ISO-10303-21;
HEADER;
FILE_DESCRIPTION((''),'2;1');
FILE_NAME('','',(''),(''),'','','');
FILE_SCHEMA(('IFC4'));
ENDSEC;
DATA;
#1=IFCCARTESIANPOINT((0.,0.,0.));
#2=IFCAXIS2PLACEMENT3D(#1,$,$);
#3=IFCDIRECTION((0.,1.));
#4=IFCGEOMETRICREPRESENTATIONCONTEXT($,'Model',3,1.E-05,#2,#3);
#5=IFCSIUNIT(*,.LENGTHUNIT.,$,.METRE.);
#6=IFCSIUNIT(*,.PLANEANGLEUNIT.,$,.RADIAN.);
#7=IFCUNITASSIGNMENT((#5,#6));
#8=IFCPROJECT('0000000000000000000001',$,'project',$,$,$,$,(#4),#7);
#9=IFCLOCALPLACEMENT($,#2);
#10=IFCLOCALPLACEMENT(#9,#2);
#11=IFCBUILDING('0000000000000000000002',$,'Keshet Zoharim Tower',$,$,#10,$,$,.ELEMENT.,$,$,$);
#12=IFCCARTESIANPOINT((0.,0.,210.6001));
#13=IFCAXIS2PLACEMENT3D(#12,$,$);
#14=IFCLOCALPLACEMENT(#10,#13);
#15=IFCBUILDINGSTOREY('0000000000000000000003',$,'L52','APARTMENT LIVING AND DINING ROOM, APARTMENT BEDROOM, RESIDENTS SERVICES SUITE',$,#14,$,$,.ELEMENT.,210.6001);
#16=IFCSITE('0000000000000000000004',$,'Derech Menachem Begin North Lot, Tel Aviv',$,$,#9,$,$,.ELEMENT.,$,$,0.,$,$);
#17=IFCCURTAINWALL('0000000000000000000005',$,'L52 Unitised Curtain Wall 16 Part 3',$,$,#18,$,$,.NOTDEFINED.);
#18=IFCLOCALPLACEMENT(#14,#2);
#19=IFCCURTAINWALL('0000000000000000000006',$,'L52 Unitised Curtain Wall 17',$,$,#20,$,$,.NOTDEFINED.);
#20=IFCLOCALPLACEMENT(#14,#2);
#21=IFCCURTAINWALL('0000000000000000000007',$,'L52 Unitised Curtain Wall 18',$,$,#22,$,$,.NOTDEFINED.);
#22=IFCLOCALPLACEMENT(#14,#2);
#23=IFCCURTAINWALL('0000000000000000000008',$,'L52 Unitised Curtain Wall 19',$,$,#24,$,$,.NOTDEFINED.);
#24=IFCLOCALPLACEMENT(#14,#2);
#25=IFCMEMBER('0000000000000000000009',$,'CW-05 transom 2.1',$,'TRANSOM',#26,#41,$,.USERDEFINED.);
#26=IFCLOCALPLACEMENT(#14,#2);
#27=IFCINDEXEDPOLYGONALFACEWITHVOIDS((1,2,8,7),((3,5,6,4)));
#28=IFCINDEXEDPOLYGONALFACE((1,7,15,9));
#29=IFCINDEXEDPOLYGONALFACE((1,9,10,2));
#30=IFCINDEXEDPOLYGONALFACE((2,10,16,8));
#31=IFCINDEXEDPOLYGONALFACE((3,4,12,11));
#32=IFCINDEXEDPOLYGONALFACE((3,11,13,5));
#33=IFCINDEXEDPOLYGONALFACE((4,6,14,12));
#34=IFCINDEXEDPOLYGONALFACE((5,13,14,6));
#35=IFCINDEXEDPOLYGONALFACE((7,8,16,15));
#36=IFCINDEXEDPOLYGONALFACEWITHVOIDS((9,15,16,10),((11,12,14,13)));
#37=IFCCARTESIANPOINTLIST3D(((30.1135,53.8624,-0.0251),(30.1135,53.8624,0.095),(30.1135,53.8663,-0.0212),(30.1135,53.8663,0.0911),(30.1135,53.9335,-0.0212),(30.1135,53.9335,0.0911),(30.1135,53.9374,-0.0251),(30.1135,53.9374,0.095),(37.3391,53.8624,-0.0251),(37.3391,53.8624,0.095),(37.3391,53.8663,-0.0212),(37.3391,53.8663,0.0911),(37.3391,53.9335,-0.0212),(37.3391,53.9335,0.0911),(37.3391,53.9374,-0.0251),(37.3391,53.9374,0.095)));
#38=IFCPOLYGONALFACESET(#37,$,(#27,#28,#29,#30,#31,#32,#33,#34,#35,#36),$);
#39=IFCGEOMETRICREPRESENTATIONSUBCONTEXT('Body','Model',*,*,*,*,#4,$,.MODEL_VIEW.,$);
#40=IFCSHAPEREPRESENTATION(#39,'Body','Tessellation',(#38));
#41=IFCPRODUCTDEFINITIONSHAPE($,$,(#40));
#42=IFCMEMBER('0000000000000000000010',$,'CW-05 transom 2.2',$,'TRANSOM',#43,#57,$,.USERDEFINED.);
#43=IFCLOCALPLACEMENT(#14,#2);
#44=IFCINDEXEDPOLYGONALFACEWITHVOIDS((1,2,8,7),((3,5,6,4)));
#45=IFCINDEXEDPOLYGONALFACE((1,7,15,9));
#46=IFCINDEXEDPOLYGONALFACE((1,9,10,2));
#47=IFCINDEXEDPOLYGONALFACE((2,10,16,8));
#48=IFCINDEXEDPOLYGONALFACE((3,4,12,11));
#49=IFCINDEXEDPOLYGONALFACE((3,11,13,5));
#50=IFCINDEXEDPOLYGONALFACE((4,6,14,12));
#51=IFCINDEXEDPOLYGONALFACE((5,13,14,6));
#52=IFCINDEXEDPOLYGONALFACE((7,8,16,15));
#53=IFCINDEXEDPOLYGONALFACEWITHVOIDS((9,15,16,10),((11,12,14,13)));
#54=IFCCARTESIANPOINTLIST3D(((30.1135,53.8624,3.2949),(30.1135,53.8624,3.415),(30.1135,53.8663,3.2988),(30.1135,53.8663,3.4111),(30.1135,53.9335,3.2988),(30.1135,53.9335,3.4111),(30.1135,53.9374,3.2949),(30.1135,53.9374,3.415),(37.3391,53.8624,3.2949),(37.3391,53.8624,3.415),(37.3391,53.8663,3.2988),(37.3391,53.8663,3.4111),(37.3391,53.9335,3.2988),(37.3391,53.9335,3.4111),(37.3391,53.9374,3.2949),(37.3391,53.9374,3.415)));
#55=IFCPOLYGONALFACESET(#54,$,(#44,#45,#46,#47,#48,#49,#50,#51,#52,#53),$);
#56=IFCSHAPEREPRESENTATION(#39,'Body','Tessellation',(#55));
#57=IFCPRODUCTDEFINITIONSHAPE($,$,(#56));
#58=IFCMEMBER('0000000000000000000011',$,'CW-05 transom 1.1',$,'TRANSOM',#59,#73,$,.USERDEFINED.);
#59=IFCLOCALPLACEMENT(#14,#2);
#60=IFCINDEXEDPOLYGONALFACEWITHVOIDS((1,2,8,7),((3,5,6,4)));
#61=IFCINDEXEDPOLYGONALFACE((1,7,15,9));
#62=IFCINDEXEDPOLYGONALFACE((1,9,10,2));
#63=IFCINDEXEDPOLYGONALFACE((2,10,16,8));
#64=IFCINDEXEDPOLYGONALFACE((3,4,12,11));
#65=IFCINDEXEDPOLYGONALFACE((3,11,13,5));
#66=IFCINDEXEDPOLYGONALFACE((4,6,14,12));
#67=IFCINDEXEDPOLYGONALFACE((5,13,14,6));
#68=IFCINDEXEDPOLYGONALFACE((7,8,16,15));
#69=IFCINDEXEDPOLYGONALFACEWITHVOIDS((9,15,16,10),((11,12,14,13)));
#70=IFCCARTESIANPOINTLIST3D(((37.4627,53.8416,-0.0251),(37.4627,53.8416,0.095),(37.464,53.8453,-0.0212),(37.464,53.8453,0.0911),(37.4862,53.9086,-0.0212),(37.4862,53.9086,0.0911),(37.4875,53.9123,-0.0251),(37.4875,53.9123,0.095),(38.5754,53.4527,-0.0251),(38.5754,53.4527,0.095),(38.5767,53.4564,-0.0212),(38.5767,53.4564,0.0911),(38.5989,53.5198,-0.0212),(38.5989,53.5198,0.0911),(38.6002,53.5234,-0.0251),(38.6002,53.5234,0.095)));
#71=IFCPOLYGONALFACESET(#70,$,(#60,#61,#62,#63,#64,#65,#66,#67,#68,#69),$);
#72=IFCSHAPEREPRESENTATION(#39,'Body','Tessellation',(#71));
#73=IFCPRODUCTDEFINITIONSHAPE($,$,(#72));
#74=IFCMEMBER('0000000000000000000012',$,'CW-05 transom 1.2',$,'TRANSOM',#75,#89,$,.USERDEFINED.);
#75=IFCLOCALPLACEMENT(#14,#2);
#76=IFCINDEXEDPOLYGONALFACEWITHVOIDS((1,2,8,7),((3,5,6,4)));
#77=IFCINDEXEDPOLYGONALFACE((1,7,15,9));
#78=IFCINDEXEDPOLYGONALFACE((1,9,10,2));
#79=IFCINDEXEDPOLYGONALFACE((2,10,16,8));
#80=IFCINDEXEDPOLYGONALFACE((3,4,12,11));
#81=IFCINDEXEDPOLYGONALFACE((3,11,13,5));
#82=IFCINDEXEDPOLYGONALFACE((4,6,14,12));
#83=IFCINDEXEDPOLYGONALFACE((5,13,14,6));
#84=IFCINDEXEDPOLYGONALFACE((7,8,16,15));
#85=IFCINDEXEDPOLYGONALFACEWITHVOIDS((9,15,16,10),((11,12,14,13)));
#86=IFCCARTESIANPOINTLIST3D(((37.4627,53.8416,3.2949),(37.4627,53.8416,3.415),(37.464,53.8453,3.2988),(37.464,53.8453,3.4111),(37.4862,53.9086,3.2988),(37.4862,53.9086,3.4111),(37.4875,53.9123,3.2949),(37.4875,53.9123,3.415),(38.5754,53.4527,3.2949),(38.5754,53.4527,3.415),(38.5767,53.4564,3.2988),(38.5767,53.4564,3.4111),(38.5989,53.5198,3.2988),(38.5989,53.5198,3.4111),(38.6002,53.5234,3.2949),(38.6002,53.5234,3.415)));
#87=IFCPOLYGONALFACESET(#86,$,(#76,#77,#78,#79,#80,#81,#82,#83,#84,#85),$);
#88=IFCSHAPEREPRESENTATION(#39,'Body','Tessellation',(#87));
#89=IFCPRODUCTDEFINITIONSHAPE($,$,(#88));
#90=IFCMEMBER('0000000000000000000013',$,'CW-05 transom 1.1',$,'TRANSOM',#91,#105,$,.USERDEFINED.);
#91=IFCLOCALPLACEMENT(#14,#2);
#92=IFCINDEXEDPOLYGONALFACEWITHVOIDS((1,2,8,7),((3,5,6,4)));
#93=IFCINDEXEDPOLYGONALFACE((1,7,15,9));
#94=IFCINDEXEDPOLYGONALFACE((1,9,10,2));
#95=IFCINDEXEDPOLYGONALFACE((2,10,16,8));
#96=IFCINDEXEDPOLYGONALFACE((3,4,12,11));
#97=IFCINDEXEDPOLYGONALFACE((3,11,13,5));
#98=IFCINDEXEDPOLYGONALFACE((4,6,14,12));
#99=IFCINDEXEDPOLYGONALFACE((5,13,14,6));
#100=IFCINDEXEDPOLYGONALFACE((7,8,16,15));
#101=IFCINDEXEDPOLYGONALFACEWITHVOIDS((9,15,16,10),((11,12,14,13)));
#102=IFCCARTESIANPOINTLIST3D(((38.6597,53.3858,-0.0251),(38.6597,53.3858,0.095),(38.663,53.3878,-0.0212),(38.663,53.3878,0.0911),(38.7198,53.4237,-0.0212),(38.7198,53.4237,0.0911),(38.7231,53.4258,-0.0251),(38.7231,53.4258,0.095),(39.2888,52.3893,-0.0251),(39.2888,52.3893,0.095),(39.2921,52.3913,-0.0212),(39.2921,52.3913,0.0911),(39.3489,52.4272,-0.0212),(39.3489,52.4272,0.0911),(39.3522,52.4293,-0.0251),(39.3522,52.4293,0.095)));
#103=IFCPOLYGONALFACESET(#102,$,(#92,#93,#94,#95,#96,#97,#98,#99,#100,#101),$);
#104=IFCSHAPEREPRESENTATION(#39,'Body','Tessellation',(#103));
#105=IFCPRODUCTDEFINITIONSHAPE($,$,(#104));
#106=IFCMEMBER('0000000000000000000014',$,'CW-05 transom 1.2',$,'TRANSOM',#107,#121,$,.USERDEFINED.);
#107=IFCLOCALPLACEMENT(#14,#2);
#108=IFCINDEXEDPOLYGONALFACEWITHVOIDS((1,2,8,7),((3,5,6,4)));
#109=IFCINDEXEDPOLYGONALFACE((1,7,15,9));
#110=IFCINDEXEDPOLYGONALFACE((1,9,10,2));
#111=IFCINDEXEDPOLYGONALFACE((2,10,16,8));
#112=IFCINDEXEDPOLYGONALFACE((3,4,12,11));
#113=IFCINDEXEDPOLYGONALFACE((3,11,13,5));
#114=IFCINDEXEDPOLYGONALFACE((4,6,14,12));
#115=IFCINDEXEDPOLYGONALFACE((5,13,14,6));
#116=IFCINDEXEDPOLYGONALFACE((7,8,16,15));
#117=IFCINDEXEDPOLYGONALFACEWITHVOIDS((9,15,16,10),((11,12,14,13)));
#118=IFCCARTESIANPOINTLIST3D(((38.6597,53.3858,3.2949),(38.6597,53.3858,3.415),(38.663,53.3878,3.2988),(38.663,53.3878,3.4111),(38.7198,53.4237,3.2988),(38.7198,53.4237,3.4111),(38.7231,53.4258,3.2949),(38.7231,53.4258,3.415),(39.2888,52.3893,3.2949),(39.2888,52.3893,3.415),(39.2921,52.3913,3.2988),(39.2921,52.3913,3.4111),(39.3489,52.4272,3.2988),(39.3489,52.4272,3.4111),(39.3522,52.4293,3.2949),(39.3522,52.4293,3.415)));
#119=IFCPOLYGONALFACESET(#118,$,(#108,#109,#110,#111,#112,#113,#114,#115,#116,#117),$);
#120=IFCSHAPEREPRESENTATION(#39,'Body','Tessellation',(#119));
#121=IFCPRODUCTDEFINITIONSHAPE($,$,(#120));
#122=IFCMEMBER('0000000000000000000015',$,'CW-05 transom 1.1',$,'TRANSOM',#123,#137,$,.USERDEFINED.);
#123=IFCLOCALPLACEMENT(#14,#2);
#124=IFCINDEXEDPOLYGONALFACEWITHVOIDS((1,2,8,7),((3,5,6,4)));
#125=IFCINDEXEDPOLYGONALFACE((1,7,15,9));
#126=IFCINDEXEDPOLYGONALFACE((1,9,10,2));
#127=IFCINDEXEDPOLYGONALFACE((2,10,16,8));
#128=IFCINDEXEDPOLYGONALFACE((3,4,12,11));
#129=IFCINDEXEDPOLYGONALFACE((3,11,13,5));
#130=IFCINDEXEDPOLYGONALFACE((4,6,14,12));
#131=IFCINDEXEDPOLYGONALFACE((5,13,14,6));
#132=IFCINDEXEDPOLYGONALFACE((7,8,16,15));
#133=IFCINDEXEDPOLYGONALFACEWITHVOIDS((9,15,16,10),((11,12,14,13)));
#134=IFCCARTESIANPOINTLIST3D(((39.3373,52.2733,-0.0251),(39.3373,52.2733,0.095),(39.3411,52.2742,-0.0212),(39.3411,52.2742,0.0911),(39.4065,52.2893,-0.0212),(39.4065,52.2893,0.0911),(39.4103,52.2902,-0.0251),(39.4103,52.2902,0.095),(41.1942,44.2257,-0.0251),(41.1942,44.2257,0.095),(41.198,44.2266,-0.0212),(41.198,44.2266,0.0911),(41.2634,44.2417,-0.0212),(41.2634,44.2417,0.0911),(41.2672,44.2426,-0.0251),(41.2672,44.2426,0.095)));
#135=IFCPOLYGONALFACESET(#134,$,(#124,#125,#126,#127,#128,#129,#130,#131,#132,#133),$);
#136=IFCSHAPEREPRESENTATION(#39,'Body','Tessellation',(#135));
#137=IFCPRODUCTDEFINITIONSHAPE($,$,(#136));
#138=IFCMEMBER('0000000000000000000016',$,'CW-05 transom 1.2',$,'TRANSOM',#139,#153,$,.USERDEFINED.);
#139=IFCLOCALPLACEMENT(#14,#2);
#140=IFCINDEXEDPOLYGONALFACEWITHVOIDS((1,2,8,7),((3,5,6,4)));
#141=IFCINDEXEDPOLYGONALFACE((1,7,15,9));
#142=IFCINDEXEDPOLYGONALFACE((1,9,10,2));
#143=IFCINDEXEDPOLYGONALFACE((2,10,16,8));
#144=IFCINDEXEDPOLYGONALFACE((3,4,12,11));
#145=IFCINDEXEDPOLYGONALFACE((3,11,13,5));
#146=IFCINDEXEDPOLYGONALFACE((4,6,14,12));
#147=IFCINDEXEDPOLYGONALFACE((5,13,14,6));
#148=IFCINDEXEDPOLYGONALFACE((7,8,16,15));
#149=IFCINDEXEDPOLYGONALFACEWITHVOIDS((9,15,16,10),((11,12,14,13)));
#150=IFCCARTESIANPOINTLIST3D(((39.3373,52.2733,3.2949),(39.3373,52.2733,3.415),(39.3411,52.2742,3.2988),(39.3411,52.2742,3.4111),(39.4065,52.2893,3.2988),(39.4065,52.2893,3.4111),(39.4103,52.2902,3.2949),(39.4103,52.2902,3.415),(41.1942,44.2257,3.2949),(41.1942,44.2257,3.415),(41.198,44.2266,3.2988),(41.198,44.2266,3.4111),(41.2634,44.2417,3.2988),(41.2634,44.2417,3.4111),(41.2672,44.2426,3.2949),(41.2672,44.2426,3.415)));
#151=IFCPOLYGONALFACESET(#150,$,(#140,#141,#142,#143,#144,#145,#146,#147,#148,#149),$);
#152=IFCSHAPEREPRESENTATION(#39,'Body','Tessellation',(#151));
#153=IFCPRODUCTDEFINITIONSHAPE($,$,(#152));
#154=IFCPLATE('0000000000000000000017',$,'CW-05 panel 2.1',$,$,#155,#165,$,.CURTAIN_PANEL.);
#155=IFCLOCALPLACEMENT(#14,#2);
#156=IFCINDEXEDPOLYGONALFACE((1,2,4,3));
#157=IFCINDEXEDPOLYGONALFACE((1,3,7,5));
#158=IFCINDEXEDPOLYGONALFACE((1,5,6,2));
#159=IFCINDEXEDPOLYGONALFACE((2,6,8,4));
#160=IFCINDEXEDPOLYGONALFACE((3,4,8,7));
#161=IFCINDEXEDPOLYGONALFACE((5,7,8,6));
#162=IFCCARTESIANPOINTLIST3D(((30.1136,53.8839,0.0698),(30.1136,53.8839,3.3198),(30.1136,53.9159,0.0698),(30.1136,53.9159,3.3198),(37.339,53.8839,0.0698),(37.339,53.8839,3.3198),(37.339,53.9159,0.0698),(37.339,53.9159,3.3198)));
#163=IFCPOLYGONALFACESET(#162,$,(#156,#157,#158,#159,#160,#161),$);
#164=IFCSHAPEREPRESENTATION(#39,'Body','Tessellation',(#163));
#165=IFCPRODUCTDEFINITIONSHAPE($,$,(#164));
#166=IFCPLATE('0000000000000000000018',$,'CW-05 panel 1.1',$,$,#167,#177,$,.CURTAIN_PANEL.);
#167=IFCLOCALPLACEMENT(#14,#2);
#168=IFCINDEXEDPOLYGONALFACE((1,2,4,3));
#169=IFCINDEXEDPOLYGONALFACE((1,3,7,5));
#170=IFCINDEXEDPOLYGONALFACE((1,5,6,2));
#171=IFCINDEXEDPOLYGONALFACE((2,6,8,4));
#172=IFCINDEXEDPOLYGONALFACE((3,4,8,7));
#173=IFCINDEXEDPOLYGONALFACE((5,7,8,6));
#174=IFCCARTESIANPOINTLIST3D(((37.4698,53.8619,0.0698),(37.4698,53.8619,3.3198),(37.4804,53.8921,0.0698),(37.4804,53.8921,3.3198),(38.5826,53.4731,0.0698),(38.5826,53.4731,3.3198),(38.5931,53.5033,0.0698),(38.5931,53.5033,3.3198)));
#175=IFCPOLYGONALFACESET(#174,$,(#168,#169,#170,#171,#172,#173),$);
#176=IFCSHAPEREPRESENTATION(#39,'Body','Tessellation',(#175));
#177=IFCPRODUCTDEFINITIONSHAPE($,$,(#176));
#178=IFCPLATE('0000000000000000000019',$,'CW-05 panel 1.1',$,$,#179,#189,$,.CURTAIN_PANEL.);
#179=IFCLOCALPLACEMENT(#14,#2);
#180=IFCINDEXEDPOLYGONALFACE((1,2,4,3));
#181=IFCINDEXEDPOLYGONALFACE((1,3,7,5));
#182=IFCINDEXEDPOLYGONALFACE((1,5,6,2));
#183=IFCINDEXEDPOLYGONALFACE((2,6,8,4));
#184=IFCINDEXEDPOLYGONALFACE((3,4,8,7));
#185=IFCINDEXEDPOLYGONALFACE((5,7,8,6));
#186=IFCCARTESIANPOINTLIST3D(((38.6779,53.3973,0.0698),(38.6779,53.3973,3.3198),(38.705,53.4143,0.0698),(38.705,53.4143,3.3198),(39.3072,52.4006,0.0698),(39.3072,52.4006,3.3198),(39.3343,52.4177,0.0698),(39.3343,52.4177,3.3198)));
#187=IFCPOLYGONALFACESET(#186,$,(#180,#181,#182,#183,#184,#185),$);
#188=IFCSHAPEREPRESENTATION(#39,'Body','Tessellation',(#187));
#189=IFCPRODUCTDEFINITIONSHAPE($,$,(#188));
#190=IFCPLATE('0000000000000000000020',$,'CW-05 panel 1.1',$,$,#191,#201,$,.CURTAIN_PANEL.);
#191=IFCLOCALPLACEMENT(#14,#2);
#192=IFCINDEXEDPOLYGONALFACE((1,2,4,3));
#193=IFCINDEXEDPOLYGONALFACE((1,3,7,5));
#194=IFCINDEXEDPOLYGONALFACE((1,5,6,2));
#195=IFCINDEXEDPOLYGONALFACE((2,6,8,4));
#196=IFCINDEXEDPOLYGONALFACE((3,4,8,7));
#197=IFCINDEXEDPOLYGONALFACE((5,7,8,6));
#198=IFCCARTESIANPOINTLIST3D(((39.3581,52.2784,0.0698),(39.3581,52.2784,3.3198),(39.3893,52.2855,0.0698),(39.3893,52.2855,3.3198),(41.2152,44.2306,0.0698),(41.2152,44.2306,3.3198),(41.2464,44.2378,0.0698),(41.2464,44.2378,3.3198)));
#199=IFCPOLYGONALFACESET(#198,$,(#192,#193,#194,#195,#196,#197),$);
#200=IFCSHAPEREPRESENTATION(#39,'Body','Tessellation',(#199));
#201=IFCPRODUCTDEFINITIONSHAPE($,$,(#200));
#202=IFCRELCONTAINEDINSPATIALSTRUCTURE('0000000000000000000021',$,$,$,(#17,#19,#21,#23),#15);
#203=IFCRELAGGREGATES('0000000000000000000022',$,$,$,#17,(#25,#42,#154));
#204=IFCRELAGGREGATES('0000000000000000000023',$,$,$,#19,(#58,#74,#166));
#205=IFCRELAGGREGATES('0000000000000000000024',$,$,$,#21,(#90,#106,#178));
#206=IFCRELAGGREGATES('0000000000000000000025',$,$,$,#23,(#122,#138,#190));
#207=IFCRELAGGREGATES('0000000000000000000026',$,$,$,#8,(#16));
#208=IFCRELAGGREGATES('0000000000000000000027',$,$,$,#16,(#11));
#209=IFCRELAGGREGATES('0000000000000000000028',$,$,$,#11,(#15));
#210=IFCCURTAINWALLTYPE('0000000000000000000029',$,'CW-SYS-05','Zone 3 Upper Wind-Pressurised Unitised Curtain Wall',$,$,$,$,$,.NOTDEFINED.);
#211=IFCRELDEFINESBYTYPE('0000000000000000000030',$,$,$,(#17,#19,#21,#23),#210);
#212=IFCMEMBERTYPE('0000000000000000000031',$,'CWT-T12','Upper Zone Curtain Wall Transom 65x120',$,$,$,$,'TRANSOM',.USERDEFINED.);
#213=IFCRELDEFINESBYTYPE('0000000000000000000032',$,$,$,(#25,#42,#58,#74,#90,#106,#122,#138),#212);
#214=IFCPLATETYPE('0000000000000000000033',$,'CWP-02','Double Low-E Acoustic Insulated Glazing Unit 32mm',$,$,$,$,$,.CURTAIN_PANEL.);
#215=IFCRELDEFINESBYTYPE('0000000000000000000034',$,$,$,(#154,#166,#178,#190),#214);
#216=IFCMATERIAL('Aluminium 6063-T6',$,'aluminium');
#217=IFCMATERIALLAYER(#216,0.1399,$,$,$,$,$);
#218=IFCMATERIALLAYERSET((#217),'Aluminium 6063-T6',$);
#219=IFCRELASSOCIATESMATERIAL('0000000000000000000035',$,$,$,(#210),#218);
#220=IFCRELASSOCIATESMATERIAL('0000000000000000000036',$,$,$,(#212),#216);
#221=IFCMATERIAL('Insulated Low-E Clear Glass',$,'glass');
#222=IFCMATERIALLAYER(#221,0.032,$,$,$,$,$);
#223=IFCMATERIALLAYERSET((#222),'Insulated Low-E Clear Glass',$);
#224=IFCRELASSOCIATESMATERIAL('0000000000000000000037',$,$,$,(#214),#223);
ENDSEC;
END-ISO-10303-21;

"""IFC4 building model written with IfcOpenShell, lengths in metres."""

from ifc_helpers import new_model, si_unit, direction, frame, origin, origin_2d, place, context, subcontext, project, spatial, rectangle, hollow_rectangle, extrude, material, layer, layer_set, material_profile, profile_set, type_object, element, aggregate, save


model = new_model("IFC4")

# Units and contexts
model_context = context("Model", 3, precision=1e-05, world=origin(), true_north=direction((0.0, 1.0)))
body_context = subcontext(model_context, "Body", "Model", "MODEL_VIEW")
ifc_project = project(units=[si_unit("LENGTHUNIT", "METRE"), si_unit("PLANEANGLEUNIT", "RADIAN")], contexts=[model_context])

# Site, building, storey
site_placement = place(None, origin())
site = spatial("IfcSite", under=ifc_project, at=site_placement, Name="Derech Menachem Begin North Lot, Tel Aviv", CompositionType="ELEMENT", RefElevation=0.0)
building_placement = place(site_placement, origin())
building = spatial("IfcBuilding", under=site, at=building_placement, Name="Keshet Zoharim Tower", CompositionType="ELEMENT")
storey_placement = place(building_placement, frame((0.0, 0.0, 210.6001)))
storey = spatial("IfcBuildingStorey", under=building, at=storey_placement, Name="L52", Description="APARTMENT LIVING AND DINING ROOM, APARTMENT BEDROOM, RESIDENTS SERVICES SUITE", CompositionType="ELEMENT", Elevation=210.6001)

# Curtain walls
ifc_material_1 = material(Name="Aluminium 6063-T6", Category="aluminium")
ifc_layer_1 = layer(ifc_material_1, 0.1399)
ifc_layer_set_1 = layer_set([ifc_layer_1], Name="Aluminium 6063-T6")
curtain_wall_type = type_object("IfcCurtainWallType", Name="CW-SYS-05", Description="Zone 3 Upper Wind-Pressurised Unitised Curtain Wall", PredefinedType="NOTDEFINED", material=ifc_layer_set_1)
curtain_wall_1_placement = place(storey_placement, origin())
curtain_wall_1 = element("IfcCurtainWall", 1, at=curtain_wall_1_placement, inside=storey, type_object=curtain_wall_type, Name="L52 Unitised Curtain Wall 16 Part 3", PredefinedType="NOTDEFINED")
curtain_wall_2_placement = place(storey_placement, origin())
curtain_wall_2 = element("IfcCurtainWall", 2, at=curtain_wall_2_placement, inside=storey, type_object=curtain_wall_type, Name="L52 Unitised Curtain Wall 17", PredefinedType="NOTDEFINED")
curtain_wall_3_placement = place(storey_placement, origin())
curtain_wall_3 = element("IfcCurtainWall", 3, at=curtain_wall_3_placement, inside=storey, type_object=curtain_wall_type, Name="L52 Unitised Curtain Wall 18", PredefinedType="NOTDEFINED")
curtain_wall_4_placement = place(storey_placement, origin())
curtain_wall_4 = element("IfcCurtainWall", 4, at=curtain_wall_4_placement, inside=storey, type_object=curtain_wall_type, Name="L52 Unitised Curtain Wall 19", PredefinedType="NOTDEFINED")

# Members
ifc_material_profile_1 = material_profile(ifc_material_1, hollow_rectangle(XDim=0.075, YDim=0.1201, WallThickness=0.0039, at=origin_2d()), Name="TRN-75x120")
ifc_profile_set_1 = profile_set([ifc_material_profile_1], Name="Aluminium 6063-T6")
member_type_1 = type_object("IfcMemberType", Name="CWT-T12", Description="Upper Zone Curtain Wall Transom 65x120", ElementType="TRANSOM", PredefinedType="USERDEFINED", material=ifc_profile_set_1)
member_1_placement = place(storey_placement, frame((30.1135, 53.8999, 0.0349), z_axis=(1.0, 0.0, 0.0), x_axis=(0.0, 1.0, 0.0)))
member_1 = element("IfcMember", 5, at=member_1_placement, type_object=member_type_1, Name="CW-05 transom 2.1", ObjectType="TRANSOM", PredefinedType="USERDEFINED", context=body_context, shape_type="SweptSolid", body=[
    extrude(hollow_rectangle(XDim=0.075, YDim=0.1201, WallThickness=0.0039, at=origin_2d()), origin(), (0.0, 0.0, 1.0), 7.2256),
])
member_2_placement = place(storey_placement, frame((30.1135, 53.8999, 3.355), z_axis=(1.0, 0.0, 0.0), x_axis=(0.0, 1.0, 0.0)))
member_2 = element("IfcMember", 6, at=member_2_placement, type_object=member_type_1, Name="CW-05 transom 2.2", ObjectType="TRANSOM", PredefinedType="USERDEFINED", context=body_context, shape_type="SweptSolid", body=[
    extrude(hollow_rectangle(XDim=0.075, YDim=0.1201, WallThickness=0.0039, at=origin_2d()), origin(), (0.0, 0.0, 1.0), 7.2256),
])
member_3_placement = place(storey_placement, frame((37.4751, 53.877, 0.0349), z_axis=(0.944007, -0.329926, 0.0), x_axis=(0.329926, 0.944007, 0.0)))
member_3 = element("IfcMember", 7, at=member_3_placement, type_object=member_type_1, Name="CW-05 transom 1.1", ObjectType="TRANSOM", PredefinedType="USERDEFINED", context=body_context, shape_type="SweptSolid", body=[
    extrude(hollow_rectangle(XDim=0.075, YDim=0.1201, WallThickness=0.0039, at=origin_2d()), origin(), (0.0, 0.0, 1.0), 1.1787),
])
member_4_placement = place(storey_placement, frame((37.4751, 53.877, 3.355), z_axis=(0.944007, -0.329926, 0.0), x_axis=(0.329926, 0.944007, 0.0)))
member_4 = element("IfcMember", 8, at=member_4_placement, type_object=member_type_1, Name="CW-05 transom 1.2", ObjectType="TRANSOM", PredefinedType="USERDEFINED", context=body_context, shape_type="SweptSolid", body=[
    extrude(hollow_rectangle(XDim=0.075, YDim=0.1201, WallThickness=0.0039, at=origin_2d()), origin(), (0.0, 0.0, 1.0), 1.1787),
])
member_5_placement = place(storey_placement, frame((38.6914, 53.4058, 0.0349), z_axis=(0.533829, -0.845592, 0.0), x_axis=(0.845592, 0.533829, 0.0)))
member_5 = element("IfcMember", 9, at=member_5_placement, type_object=member_type_1, Name="CW-05 transom 1.1", ObjectType="TRANSOM", PredefinedType="USERDEFINED", context=body_context, shape_type="SweptSolid", body=[
    extrude(hollow_rectangle(XDim=0.075, YDim=0.1201, WallThickness=0.0039, at=origin_2d()), origin(), (0.0, 0.0, 1.0), 1.1785),
])
member_6_placement = place(storey_placement, frame((38.6914, 53.4058, 3.355), z_axis=(0.533829, -0.845592, 0.0), x_axis=(0.845592, 0.533829, 0.0)))
member_6 = element("IfcMember", 10, at=member_6_placement, type_object=member_type_1, Name="CW-05 transom 1.2", ObjectType="TRANSOM", PredefinedType="USERDEFINED", context=body_context, shape_type="SweptSolid", body=[
    extrude(hollow_rectangle(XDim=0.075, YDim=0.1201, WallThickness=0.0039, at=origin_2d()), origin(), (0.0, 0.0, 1.0), 1.1785),
])
member_7_placement = place(storey_placement, frame((39.3738, 52.2817, 0.0349), z_axis=(0.224836, -0.974397, 0.0), x_axis=(0.974397, 0.224836, 0.0)))
member_7 = element("IfcMember", 11, at=member_7_placement, type_object=member_type_1, Name="CW-05 transom 1.1", ObjectType="TRANSOM", PredefinedType="USERDEFINED", context=body_context, shape_type="SweptSolid", body=[
    extrude(hollow_rectangle(XDim=0.075, YDim=0.1201, WallThickness=0.0039, at=origin_2d()), origin(), (0.0, 0.0, 1.0), 8.259),
])
member_8_placement = place(storey_placement, frame((39.3738, 52.2817, 3.355), z_axis=(0.224836, -0.974397, 0.0), x_axis=(0.974397, 0.224836, 0.0)))
member_8 = element("IfcMember", 12, at=member_8_placement, type_object=member_type_1, Name="CW-05 transom 1.2", ObjectType="TRANSOM", PredefinedType="USERDEFINED", context=body_context, shape_type="SweptSolid", body=[
    extrude(hollow_rectangle(XDim=0.075, YDim=0.1201, WallThickness=0.0039, at=origin_2d()), origin(), (0.0, 0.0, 1.0), 8.259),
])

# Plates
ifc_material_2 = material(Name="Insulated Low-E Clear Glass", Category="glass")
ifc_layer_2 = layer(ifc_material_2, 0.032)
ifc_layer_set_2 = layer_set([ifc_layer_2], Name="Insulated Low-E Clear Glass")
plate_type = type_object("IfcPlateType", Name="CWP-02", Description="Double Low-E Acoustic Insulated Glazing Unit 32mm", PredefinedType="CURTAIN_PANEL", material=ifc_layer_set_2)
plate_1_placement = place(storey_placement, frame((33.7263, 53.8999, 0.0698), z_axis=(0.0, 0.0, 1.0), x_axis=(1.0, 0.0, 0.0)))
plate_1 = element("IfcPlate", 13, at=plate_1_placement, type_object=plate_type, Name="CW-05 panel 2.1", PredefinedType="CURTAIN_PANEL", context=body_context, shape_type="SweptSolid", body=[
    extrude(rectangle(XDim=7.2253, YDim=0.032, at=origin_2d()), origin(), (0.0, 0.0, 1.0), 3.25),
])
aggregate(curtain_wall_1, [member_1, member_2, plate_1])
plate_2_placement = place(storey_placement, frame((38.0315, 53.6826, 0.0698), z_axis=(0.0, 0.0, 1.0), x_axis=(0.944036, -0.329844, 0.0)))
plate_2 = element("IfcPlate", 14, at=plate_2_placement, type_object=plate_type, Name="CW-05 panel 1.1", PredefinedType="CURTAIN_PANEL", context=body_context, shape_type="SweptSolid", body=[
    extrude(rectangle(XDim=1.1787, YDim=0.032, at=origin_2d()), origin(), (0.0, 0.0, 1.0), 3.25),
])
aggregate(curtain_wall_2, [member_3, member_4, plate_2])
plate_3_placement = place(storey_placement, frame((39.0061, 52.9075, 0.0698), z_axis=(0.0, 0.0, 1.0), x_axis=(0.533879, -0.845561, 0.0)))
plate_3 = element("IfcPlate", 15, at=plate_3_placement, type_object=plate_type, Name="CW-05 panel 1.1", PredefinedType="CURTAIN_PANEL", context=body_context, shape_type="SweptSolid", body=[
    extrude(rectangle(XDim=1.1787, YDim=0.032, at=origin_2d()), origin(), (0.0, 0.0, 1.0), 3.25),
])
aggregate(curtain_wall_3, [member_5, member_6, plate_3])
plate_4_placement = place(storey_placement, frame((40.3022, 48.2581, 0.0698), z_axis=(0.0, 0.0, 1.0), x_axis=(0.224848, -0.974394, 0.0)))
plate_4 = element("IfcPlate", 16, at=plate_4_placement, type_object=plate_type, Name="CW-05 panel 1.1", PredefinedType="CURTAIN_PANEL", context=body_context, shape_type="SweptSolid", body=[
    extrude(rectangle(XDim=8.2593, YDim=0.032, at=origin_2d()), origin(), (0.0, 0.0, 1.0), 3.25),
])
aggregate(curtain_wall_4, [member_7, member_8, plate_4])

save(model, "model.ifc")
